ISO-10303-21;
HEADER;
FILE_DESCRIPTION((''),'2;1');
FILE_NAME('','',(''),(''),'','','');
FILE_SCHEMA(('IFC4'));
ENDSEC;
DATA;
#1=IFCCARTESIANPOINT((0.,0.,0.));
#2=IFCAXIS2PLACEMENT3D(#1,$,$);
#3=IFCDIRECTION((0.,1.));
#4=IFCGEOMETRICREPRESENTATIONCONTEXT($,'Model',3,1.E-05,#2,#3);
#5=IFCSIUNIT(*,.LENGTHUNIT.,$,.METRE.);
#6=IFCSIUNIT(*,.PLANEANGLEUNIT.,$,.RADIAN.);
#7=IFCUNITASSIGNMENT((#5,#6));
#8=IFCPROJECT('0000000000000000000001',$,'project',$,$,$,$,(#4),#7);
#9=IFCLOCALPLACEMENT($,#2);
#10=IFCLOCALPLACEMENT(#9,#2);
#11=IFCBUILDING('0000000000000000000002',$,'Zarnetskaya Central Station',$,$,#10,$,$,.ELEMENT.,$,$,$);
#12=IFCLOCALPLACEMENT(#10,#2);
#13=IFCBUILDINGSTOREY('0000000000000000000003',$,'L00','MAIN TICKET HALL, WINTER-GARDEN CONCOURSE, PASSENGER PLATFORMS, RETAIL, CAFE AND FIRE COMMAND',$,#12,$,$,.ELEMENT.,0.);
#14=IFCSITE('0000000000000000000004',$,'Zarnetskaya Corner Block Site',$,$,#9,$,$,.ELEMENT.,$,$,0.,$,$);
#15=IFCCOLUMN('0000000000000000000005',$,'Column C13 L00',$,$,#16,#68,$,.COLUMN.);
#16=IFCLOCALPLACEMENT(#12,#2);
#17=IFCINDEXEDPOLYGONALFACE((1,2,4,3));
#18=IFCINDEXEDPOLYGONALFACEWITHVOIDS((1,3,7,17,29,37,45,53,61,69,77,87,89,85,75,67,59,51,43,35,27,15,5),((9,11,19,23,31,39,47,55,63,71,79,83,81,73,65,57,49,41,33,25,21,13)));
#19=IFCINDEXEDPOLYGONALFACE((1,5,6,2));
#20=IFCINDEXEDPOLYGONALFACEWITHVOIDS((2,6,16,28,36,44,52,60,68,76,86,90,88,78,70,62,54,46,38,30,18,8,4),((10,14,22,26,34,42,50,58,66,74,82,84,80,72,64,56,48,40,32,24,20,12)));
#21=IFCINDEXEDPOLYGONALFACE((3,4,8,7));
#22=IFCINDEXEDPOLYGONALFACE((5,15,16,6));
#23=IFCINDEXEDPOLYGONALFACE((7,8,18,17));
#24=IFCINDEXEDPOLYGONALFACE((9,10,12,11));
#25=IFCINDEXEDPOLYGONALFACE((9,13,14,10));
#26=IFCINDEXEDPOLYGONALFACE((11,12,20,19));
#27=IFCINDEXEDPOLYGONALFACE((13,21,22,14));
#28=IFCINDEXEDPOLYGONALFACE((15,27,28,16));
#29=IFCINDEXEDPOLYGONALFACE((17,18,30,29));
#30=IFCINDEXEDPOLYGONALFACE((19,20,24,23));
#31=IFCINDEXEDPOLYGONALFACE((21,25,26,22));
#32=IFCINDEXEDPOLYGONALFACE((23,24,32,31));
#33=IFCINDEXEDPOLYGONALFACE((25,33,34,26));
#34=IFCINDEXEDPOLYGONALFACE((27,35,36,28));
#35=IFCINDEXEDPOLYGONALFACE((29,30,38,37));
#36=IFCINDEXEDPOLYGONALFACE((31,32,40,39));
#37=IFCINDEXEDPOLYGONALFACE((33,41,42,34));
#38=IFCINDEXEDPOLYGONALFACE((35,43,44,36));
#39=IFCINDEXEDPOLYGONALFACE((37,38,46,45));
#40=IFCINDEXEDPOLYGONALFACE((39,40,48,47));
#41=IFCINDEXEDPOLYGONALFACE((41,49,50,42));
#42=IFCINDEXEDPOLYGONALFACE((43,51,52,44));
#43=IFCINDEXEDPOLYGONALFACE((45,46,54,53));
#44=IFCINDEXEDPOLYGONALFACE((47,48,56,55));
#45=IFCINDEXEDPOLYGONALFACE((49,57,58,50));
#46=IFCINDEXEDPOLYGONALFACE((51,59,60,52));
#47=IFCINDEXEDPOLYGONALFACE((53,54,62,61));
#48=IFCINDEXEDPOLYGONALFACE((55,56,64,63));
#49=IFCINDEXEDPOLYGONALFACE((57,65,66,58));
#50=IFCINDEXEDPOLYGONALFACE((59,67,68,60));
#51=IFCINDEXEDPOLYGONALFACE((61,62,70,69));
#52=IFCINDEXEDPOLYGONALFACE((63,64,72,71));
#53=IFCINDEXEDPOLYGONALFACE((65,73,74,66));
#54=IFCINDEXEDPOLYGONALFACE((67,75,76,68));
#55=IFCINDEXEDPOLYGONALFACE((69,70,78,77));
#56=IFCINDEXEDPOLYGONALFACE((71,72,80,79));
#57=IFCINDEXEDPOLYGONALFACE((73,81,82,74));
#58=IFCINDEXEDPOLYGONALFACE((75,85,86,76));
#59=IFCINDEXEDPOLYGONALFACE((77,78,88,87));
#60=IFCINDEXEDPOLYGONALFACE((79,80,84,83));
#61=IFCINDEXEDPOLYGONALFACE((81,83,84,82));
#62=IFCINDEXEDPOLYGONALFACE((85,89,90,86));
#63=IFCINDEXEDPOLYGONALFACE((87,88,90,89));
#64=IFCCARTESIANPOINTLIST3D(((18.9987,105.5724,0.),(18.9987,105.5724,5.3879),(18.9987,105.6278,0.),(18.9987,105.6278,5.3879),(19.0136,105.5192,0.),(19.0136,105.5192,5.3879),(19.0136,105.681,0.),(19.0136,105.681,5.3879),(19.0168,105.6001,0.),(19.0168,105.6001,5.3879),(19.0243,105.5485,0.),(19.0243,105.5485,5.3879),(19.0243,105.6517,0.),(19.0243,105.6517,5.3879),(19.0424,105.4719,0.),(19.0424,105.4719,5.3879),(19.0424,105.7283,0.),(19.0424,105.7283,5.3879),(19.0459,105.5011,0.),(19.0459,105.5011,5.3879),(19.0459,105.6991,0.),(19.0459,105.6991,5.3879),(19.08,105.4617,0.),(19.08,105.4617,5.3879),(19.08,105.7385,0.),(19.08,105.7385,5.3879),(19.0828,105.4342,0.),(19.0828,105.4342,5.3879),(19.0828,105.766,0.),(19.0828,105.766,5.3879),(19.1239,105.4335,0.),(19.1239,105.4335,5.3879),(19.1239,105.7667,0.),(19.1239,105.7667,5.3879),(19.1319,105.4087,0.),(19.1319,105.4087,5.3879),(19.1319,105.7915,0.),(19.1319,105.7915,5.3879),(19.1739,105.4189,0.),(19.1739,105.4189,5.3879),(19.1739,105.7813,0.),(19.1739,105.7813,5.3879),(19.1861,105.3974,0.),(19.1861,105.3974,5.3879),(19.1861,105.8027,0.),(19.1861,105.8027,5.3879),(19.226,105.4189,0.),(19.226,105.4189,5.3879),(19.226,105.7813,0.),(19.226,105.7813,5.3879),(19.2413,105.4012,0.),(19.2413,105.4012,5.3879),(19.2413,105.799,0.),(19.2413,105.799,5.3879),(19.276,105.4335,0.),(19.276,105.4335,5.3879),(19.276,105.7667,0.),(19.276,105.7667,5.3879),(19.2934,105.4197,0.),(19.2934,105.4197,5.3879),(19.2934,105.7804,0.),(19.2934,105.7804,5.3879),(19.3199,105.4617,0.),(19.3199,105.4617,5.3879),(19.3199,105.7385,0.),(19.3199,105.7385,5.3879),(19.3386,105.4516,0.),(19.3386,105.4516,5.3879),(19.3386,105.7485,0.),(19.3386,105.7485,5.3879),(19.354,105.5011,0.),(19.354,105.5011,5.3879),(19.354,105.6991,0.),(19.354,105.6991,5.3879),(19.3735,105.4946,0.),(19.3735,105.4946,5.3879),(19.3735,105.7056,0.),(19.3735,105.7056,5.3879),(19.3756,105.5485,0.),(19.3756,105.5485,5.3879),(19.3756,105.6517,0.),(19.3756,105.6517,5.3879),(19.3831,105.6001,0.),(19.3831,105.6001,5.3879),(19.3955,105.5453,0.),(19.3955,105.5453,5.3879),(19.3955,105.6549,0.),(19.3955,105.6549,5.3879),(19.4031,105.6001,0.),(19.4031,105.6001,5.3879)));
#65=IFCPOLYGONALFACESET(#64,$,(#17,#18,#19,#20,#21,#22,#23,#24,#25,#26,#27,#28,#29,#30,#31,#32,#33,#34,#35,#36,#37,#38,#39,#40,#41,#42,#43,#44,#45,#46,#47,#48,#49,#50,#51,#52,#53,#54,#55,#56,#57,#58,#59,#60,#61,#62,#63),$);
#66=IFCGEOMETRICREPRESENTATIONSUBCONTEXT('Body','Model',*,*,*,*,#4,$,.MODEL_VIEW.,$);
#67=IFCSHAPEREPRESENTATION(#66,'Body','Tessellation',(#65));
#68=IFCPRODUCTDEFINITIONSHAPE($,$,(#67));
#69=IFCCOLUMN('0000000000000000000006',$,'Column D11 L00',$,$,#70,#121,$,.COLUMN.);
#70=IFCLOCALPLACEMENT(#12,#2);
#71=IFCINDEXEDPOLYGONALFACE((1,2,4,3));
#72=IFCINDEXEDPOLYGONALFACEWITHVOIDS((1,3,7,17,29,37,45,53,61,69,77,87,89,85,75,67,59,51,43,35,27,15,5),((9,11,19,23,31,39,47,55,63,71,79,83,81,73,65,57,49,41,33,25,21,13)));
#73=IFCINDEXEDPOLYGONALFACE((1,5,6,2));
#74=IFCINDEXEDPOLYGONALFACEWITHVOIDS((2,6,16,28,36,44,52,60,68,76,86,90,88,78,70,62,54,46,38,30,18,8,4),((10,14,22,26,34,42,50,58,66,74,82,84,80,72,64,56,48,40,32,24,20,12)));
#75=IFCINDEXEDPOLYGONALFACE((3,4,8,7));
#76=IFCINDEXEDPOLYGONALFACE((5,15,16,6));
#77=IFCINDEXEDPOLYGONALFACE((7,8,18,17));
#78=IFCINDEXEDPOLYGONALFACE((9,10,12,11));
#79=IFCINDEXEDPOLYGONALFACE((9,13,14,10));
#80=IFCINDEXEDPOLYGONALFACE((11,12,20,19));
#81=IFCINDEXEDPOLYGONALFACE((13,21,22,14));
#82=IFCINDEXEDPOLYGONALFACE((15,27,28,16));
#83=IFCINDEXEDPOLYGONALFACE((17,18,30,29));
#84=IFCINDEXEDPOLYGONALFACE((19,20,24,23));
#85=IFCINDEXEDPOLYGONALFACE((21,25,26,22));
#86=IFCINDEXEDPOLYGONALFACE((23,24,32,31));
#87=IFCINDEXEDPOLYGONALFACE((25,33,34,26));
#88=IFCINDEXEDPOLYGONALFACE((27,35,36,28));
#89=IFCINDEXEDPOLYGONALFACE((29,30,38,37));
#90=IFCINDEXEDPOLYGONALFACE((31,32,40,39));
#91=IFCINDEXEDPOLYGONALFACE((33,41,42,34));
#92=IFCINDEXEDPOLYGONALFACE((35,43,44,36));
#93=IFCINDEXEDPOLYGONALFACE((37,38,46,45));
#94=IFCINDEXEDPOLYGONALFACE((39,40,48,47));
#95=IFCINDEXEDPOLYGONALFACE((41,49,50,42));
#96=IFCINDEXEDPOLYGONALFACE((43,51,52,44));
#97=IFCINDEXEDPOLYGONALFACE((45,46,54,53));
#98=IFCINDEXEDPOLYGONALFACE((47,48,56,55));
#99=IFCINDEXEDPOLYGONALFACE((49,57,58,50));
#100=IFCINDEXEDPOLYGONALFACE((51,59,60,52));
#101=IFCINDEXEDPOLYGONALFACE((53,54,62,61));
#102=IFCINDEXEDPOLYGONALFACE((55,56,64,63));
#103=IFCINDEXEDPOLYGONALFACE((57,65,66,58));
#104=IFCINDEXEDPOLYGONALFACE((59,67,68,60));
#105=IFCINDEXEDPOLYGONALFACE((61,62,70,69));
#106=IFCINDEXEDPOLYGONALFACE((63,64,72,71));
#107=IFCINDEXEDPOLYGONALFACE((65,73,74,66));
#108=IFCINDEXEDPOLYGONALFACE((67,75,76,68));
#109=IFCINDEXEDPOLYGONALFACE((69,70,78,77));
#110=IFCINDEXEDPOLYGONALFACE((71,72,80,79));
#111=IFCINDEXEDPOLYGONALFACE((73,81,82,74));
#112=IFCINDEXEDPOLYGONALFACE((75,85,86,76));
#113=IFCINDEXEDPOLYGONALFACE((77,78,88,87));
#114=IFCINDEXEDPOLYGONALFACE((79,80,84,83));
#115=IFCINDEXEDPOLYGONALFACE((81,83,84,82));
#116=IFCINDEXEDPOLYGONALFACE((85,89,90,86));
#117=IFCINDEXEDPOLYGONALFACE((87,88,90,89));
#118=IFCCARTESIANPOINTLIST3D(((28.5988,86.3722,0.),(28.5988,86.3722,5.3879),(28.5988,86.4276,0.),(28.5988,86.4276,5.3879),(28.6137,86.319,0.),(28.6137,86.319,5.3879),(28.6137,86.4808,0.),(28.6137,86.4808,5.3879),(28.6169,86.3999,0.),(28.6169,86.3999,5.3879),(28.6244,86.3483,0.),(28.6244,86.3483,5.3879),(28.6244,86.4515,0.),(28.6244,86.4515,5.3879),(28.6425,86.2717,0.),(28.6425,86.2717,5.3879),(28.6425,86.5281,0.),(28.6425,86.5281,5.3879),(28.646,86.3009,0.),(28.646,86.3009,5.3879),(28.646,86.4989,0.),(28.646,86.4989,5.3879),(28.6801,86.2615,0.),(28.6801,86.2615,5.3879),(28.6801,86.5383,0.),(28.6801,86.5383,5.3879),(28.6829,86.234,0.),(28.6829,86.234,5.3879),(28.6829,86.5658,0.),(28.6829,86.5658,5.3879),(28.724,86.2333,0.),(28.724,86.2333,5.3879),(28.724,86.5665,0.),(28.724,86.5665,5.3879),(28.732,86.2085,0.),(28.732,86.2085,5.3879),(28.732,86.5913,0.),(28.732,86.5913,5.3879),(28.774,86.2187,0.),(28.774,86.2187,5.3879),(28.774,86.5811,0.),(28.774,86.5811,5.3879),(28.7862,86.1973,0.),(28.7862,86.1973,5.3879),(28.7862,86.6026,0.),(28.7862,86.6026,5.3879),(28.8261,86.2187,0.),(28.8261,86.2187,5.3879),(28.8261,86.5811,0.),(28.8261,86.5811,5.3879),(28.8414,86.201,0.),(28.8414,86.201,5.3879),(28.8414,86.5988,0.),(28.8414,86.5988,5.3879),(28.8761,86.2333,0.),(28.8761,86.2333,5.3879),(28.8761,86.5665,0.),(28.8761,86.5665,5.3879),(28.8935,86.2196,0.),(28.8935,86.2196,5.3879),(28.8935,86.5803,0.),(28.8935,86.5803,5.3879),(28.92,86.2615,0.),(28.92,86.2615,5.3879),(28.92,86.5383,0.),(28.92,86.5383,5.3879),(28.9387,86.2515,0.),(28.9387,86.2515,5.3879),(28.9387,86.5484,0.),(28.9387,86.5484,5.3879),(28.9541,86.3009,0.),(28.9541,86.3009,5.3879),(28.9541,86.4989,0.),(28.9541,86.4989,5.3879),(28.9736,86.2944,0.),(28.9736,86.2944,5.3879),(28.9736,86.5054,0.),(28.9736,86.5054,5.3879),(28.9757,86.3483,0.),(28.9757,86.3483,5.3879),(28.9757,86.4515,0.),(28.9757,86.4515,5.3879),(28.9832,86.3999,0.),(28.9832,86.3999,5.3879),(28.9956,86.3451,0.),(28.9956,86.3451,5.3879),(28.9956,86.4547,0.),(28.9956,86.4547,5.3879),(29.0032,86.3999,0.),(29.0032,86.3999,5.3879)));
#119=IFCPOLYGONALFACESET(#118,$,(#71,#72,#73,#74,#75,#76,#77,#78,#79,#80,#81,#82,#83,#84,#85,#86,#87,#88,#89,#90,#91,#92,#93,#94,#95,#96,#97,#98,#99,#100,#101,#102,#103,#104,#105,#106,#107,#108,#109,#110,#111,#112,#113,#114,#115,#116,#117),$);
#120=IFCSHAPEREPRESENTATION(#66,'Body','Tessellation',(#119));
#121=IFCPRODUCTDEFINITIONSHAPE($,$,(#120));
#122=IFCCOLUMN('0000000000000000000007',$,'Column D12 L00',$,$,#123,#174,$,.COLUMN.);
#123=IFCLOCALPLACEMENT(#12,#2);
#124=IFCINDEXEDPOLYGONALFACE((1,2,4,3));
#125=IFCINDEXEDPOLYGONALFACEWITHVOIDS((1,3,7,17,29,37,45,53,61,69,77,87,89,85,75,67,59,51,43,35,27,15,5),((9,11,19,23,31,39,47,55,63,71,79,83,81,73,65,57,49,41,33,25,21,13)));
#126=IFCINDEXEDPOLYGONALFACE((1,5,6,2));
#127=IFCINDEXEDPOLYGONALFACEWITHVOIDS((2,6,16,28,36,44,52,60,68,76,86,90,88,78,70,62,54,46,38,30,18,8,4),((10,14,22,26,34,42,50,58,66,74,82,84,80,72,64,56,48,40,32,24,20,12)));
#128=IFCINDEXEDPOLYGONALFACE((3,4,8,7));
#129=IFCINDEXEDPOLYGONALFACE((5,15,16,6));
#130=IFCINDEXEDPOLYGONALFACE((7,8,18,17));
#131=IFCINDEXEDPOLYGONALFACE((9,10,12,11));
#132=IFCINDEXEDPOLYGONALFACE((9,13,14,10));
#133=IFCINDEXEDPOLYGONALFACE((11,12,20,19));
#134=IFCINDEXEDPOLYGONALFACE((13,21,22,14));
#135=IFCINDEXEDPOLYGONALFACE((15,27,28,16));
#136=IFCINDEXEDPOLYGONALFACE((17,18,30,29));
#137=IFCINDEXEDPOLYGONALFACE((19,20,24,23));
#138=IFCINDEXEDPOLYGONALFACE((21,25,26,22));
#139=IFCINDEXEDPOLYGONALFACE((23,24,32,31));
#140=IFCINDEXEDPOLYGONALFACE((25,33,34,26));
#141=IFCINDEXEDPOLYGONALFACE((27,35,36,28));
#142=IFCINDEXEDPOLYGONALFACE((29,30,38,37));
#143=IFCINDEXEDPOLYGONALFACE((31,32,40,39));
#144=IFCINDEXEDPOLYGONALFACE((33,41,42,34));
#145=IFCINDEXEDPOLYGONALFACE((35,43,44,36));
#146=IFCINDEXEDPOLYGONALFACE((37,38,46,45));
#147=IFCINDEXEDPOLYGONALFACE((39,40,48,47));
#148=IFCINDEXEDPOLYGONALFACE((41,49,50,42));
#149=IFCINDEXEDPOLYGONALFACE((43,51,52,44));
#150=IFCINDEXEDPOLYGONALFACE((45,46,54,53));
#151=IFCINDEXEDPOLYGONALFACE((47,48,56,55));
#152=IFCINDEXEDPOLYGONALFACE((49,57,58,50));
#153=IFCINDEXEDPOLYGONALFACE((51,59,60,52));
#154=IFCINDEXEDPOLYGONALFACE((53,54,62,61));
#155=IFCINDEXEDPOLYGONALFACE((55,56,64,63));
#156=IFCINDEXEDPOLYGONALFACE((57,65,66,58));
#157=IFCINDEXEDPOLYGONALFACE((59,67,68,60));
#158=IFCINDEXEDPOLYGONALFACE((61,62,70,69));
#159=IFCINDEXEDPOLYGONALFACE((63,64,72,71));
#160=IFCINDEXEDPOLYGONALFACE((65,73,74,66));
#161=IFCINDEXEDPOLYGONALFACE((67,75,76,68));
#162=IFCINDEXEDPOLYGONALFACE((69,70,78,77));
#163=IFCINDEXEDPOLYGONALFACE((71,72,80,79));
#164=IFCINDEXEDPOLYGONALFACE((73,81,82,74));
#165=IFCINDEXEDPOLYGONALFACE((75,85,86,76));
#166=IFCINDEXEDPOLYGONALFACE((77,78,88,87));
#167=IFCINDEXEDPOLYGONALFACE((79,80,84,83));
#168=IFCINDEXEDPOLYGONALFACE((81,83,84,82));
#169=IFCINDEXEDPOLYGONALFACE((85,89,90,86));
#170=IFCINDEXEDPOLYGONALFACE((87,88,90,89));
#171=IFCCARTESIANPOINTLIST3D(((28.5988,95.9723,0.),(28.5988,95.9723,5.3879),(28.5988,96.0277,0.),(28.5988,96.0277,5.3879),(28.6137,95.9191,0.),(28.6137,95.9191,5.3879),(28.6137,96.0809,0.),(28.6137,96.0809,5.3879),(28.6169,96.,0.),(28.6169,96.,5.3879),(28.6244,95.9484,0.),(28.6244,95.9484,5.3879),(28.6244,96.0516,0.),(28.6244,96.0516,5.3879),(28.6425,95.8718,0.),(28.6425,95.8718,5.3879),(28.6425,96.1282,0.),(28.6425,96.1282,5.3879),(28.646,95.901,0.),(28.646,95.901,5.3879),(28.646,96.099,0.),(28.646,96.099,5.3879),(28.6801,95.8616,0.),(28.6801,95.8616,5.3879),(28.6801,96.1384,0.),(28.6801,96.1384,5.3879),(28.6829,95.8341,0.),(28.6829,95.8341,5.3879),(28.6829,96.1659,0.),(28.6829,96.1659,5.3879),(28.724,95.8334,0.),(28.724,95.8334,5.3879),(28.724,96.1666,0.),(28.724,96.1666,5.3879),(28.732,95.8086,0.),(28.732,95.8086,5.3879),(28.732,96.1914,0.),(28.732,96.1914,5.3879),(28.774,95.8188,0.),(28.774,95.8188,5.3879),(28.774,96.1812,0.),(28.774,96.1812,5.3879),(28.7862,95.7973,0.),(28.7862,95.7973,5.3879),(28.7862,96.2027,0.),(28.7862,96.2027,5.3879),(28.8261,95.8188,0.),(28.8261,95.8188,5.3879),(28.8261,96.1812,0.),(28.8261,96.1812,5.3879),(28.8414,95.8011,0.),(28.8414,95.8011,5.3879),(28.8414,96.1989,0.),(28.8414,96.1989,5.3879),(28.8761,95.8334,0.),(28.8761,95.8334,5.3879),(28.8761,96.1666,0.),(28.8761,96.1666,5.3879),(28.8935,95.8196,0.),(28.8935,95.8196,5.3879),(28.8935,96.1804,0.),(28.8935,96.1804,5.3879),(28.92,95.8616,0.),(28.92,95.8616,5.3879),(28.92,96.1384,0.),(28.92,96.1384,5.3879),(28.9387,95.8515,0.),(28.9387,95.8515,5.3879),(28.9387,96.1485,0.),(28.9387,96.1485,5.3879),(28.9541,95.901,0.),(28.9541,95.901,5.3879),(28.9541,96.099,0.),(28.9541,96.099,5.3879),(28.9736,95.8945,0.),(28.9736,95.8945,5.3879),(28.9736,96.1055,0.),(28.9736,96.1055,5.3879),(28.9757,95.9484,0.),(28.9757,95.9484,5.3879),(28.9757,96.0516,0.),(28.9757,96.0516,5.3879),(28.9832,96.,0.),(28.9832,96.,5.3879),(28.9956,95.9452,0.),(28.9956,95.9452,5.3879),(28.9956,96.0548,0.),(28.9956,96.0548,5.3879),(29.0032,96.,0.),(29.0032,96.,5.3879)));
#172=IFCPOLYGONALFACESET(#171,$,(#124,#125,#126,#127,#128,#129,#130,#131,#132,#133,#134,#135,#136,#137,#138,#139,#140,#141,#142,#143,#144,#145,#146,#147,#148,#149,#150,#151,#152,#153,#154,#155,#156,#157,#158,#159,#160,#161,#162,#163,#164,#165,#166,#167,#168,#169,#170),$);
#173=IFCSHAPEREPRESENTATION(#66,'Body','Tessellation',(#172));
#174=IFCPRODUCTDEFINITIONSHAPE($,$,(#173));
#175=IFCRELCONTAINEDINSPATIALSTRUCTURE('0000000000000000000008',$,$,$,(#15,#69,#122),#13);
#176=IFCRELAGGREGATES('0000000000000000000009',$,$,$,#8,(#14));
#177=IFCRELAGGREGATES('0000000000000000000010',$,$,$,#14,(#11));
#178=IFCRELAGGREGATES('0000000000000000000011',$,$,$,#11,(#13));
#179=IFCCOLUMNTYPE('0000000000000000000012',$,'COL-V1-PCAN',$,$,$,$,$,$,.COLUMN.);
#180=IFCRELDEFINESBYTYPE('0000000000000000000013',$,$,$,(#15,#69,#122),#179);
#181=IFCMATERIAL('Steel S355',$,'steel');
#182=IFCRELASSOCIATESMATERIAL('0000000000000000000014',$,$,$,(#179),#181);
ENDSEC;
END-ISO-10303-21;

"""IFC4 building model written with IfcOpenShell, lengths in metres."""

from ifc_helpers import new_model, si_unit, direction, frame, origin, origin_2d, place, context, subcontext, project, spatial, hollow_circle, extrude, material, material_profile, profile_set, type_object, element, save


model = new_model("IFC4")

# Units and contexts
model_context = context("Model", 3, precision=1e-05, world=origin(), true_north=direction((0.0, 1.0)))
body_context = subcontext(model_context, "Body", "Model", "MODEL_VIEW")
ifc_project = project(units=[si_unit("LENGTHUNIT", "METRE"), si_unit("PLANEANGLEUNIT", "RADIAN")], contexts=[model_context])

# Site, building, storey
site_placement = place(None, origin())
site = spatial("IfcSite", under=ifc_project, at=site_placement, Name="Zarnetskaya Corner Block Site", CompositionType="ELEMENT", RefElevation=0.0)
building_placement = place(site_placement, origin())
building = spatial("IfcBuilding", under=site, at=building_placement, Name="Zarnetskaya Central Station", CompositionType="ELEMENT")
storey_placement = place(building_placement, origin())
storey = spatial("IfcBuildingStorey", under=building, at=storey_placement, Name="L00", Description="MAIN TICKET HALL, WINTER-GARDEN CONCOURSE, PASSENGER PLATFORMS, RETAIL, CAFE AND FIRE COMMAND", CompositionType="ELEMENT", Elevation=0.0)

# Columns
ifc_material = material(Name="Steel S355", Category="steel")
ifc_material_profile_1 = material_profile(ifc_material, hollow_circle(Radius=0.2031, WallThickness=0.02, at=origin_2d()), Name="CHS 406.4x20")
ifc_profile_set_1 = profile_set([ifc_material_profile_1], Name="Steel S355")
column_type = type_object("IfcColumnType", Name="COL-V1-PCAN", PredefinedType="COLUMN", material=ifc_profile_set_1)
for number, where, z_axis, x_axis, name in (
    (1, (19.2, 105.6001, 0.0), (0.0, 0.0, 1.0), (1.0, 0.0, 0.0), "Column C13 L00"),
    (2, (28.8, 86.3999, 0.0), (0.0, 0.0, 1.0), (1.0, 0.0, 0.0), "Column D11 L00"),
    (3, (28.8, 96.0, 0.0), (0.0, 0.0, 1.0), (1.0, 0.0, 0.0), "Column D12 L00"),
):
    element("IfcColumn", number, at=place(storey_placement, frame(where, z_axis=z_axis, x_axis=x_axis)), inside=storey, type_object=column_type, Name=name, PredefinedType="COLUMN", context=body_context, shape_type="SweptSolid", body=[
        extrude(hollow_circle(Radius=0.2031, WallThickness=0.02, at=origin_2d()), origin(), (0.0, 0.0, 1.0), 5.3879),
    ])

save(model, "model.ifc")
